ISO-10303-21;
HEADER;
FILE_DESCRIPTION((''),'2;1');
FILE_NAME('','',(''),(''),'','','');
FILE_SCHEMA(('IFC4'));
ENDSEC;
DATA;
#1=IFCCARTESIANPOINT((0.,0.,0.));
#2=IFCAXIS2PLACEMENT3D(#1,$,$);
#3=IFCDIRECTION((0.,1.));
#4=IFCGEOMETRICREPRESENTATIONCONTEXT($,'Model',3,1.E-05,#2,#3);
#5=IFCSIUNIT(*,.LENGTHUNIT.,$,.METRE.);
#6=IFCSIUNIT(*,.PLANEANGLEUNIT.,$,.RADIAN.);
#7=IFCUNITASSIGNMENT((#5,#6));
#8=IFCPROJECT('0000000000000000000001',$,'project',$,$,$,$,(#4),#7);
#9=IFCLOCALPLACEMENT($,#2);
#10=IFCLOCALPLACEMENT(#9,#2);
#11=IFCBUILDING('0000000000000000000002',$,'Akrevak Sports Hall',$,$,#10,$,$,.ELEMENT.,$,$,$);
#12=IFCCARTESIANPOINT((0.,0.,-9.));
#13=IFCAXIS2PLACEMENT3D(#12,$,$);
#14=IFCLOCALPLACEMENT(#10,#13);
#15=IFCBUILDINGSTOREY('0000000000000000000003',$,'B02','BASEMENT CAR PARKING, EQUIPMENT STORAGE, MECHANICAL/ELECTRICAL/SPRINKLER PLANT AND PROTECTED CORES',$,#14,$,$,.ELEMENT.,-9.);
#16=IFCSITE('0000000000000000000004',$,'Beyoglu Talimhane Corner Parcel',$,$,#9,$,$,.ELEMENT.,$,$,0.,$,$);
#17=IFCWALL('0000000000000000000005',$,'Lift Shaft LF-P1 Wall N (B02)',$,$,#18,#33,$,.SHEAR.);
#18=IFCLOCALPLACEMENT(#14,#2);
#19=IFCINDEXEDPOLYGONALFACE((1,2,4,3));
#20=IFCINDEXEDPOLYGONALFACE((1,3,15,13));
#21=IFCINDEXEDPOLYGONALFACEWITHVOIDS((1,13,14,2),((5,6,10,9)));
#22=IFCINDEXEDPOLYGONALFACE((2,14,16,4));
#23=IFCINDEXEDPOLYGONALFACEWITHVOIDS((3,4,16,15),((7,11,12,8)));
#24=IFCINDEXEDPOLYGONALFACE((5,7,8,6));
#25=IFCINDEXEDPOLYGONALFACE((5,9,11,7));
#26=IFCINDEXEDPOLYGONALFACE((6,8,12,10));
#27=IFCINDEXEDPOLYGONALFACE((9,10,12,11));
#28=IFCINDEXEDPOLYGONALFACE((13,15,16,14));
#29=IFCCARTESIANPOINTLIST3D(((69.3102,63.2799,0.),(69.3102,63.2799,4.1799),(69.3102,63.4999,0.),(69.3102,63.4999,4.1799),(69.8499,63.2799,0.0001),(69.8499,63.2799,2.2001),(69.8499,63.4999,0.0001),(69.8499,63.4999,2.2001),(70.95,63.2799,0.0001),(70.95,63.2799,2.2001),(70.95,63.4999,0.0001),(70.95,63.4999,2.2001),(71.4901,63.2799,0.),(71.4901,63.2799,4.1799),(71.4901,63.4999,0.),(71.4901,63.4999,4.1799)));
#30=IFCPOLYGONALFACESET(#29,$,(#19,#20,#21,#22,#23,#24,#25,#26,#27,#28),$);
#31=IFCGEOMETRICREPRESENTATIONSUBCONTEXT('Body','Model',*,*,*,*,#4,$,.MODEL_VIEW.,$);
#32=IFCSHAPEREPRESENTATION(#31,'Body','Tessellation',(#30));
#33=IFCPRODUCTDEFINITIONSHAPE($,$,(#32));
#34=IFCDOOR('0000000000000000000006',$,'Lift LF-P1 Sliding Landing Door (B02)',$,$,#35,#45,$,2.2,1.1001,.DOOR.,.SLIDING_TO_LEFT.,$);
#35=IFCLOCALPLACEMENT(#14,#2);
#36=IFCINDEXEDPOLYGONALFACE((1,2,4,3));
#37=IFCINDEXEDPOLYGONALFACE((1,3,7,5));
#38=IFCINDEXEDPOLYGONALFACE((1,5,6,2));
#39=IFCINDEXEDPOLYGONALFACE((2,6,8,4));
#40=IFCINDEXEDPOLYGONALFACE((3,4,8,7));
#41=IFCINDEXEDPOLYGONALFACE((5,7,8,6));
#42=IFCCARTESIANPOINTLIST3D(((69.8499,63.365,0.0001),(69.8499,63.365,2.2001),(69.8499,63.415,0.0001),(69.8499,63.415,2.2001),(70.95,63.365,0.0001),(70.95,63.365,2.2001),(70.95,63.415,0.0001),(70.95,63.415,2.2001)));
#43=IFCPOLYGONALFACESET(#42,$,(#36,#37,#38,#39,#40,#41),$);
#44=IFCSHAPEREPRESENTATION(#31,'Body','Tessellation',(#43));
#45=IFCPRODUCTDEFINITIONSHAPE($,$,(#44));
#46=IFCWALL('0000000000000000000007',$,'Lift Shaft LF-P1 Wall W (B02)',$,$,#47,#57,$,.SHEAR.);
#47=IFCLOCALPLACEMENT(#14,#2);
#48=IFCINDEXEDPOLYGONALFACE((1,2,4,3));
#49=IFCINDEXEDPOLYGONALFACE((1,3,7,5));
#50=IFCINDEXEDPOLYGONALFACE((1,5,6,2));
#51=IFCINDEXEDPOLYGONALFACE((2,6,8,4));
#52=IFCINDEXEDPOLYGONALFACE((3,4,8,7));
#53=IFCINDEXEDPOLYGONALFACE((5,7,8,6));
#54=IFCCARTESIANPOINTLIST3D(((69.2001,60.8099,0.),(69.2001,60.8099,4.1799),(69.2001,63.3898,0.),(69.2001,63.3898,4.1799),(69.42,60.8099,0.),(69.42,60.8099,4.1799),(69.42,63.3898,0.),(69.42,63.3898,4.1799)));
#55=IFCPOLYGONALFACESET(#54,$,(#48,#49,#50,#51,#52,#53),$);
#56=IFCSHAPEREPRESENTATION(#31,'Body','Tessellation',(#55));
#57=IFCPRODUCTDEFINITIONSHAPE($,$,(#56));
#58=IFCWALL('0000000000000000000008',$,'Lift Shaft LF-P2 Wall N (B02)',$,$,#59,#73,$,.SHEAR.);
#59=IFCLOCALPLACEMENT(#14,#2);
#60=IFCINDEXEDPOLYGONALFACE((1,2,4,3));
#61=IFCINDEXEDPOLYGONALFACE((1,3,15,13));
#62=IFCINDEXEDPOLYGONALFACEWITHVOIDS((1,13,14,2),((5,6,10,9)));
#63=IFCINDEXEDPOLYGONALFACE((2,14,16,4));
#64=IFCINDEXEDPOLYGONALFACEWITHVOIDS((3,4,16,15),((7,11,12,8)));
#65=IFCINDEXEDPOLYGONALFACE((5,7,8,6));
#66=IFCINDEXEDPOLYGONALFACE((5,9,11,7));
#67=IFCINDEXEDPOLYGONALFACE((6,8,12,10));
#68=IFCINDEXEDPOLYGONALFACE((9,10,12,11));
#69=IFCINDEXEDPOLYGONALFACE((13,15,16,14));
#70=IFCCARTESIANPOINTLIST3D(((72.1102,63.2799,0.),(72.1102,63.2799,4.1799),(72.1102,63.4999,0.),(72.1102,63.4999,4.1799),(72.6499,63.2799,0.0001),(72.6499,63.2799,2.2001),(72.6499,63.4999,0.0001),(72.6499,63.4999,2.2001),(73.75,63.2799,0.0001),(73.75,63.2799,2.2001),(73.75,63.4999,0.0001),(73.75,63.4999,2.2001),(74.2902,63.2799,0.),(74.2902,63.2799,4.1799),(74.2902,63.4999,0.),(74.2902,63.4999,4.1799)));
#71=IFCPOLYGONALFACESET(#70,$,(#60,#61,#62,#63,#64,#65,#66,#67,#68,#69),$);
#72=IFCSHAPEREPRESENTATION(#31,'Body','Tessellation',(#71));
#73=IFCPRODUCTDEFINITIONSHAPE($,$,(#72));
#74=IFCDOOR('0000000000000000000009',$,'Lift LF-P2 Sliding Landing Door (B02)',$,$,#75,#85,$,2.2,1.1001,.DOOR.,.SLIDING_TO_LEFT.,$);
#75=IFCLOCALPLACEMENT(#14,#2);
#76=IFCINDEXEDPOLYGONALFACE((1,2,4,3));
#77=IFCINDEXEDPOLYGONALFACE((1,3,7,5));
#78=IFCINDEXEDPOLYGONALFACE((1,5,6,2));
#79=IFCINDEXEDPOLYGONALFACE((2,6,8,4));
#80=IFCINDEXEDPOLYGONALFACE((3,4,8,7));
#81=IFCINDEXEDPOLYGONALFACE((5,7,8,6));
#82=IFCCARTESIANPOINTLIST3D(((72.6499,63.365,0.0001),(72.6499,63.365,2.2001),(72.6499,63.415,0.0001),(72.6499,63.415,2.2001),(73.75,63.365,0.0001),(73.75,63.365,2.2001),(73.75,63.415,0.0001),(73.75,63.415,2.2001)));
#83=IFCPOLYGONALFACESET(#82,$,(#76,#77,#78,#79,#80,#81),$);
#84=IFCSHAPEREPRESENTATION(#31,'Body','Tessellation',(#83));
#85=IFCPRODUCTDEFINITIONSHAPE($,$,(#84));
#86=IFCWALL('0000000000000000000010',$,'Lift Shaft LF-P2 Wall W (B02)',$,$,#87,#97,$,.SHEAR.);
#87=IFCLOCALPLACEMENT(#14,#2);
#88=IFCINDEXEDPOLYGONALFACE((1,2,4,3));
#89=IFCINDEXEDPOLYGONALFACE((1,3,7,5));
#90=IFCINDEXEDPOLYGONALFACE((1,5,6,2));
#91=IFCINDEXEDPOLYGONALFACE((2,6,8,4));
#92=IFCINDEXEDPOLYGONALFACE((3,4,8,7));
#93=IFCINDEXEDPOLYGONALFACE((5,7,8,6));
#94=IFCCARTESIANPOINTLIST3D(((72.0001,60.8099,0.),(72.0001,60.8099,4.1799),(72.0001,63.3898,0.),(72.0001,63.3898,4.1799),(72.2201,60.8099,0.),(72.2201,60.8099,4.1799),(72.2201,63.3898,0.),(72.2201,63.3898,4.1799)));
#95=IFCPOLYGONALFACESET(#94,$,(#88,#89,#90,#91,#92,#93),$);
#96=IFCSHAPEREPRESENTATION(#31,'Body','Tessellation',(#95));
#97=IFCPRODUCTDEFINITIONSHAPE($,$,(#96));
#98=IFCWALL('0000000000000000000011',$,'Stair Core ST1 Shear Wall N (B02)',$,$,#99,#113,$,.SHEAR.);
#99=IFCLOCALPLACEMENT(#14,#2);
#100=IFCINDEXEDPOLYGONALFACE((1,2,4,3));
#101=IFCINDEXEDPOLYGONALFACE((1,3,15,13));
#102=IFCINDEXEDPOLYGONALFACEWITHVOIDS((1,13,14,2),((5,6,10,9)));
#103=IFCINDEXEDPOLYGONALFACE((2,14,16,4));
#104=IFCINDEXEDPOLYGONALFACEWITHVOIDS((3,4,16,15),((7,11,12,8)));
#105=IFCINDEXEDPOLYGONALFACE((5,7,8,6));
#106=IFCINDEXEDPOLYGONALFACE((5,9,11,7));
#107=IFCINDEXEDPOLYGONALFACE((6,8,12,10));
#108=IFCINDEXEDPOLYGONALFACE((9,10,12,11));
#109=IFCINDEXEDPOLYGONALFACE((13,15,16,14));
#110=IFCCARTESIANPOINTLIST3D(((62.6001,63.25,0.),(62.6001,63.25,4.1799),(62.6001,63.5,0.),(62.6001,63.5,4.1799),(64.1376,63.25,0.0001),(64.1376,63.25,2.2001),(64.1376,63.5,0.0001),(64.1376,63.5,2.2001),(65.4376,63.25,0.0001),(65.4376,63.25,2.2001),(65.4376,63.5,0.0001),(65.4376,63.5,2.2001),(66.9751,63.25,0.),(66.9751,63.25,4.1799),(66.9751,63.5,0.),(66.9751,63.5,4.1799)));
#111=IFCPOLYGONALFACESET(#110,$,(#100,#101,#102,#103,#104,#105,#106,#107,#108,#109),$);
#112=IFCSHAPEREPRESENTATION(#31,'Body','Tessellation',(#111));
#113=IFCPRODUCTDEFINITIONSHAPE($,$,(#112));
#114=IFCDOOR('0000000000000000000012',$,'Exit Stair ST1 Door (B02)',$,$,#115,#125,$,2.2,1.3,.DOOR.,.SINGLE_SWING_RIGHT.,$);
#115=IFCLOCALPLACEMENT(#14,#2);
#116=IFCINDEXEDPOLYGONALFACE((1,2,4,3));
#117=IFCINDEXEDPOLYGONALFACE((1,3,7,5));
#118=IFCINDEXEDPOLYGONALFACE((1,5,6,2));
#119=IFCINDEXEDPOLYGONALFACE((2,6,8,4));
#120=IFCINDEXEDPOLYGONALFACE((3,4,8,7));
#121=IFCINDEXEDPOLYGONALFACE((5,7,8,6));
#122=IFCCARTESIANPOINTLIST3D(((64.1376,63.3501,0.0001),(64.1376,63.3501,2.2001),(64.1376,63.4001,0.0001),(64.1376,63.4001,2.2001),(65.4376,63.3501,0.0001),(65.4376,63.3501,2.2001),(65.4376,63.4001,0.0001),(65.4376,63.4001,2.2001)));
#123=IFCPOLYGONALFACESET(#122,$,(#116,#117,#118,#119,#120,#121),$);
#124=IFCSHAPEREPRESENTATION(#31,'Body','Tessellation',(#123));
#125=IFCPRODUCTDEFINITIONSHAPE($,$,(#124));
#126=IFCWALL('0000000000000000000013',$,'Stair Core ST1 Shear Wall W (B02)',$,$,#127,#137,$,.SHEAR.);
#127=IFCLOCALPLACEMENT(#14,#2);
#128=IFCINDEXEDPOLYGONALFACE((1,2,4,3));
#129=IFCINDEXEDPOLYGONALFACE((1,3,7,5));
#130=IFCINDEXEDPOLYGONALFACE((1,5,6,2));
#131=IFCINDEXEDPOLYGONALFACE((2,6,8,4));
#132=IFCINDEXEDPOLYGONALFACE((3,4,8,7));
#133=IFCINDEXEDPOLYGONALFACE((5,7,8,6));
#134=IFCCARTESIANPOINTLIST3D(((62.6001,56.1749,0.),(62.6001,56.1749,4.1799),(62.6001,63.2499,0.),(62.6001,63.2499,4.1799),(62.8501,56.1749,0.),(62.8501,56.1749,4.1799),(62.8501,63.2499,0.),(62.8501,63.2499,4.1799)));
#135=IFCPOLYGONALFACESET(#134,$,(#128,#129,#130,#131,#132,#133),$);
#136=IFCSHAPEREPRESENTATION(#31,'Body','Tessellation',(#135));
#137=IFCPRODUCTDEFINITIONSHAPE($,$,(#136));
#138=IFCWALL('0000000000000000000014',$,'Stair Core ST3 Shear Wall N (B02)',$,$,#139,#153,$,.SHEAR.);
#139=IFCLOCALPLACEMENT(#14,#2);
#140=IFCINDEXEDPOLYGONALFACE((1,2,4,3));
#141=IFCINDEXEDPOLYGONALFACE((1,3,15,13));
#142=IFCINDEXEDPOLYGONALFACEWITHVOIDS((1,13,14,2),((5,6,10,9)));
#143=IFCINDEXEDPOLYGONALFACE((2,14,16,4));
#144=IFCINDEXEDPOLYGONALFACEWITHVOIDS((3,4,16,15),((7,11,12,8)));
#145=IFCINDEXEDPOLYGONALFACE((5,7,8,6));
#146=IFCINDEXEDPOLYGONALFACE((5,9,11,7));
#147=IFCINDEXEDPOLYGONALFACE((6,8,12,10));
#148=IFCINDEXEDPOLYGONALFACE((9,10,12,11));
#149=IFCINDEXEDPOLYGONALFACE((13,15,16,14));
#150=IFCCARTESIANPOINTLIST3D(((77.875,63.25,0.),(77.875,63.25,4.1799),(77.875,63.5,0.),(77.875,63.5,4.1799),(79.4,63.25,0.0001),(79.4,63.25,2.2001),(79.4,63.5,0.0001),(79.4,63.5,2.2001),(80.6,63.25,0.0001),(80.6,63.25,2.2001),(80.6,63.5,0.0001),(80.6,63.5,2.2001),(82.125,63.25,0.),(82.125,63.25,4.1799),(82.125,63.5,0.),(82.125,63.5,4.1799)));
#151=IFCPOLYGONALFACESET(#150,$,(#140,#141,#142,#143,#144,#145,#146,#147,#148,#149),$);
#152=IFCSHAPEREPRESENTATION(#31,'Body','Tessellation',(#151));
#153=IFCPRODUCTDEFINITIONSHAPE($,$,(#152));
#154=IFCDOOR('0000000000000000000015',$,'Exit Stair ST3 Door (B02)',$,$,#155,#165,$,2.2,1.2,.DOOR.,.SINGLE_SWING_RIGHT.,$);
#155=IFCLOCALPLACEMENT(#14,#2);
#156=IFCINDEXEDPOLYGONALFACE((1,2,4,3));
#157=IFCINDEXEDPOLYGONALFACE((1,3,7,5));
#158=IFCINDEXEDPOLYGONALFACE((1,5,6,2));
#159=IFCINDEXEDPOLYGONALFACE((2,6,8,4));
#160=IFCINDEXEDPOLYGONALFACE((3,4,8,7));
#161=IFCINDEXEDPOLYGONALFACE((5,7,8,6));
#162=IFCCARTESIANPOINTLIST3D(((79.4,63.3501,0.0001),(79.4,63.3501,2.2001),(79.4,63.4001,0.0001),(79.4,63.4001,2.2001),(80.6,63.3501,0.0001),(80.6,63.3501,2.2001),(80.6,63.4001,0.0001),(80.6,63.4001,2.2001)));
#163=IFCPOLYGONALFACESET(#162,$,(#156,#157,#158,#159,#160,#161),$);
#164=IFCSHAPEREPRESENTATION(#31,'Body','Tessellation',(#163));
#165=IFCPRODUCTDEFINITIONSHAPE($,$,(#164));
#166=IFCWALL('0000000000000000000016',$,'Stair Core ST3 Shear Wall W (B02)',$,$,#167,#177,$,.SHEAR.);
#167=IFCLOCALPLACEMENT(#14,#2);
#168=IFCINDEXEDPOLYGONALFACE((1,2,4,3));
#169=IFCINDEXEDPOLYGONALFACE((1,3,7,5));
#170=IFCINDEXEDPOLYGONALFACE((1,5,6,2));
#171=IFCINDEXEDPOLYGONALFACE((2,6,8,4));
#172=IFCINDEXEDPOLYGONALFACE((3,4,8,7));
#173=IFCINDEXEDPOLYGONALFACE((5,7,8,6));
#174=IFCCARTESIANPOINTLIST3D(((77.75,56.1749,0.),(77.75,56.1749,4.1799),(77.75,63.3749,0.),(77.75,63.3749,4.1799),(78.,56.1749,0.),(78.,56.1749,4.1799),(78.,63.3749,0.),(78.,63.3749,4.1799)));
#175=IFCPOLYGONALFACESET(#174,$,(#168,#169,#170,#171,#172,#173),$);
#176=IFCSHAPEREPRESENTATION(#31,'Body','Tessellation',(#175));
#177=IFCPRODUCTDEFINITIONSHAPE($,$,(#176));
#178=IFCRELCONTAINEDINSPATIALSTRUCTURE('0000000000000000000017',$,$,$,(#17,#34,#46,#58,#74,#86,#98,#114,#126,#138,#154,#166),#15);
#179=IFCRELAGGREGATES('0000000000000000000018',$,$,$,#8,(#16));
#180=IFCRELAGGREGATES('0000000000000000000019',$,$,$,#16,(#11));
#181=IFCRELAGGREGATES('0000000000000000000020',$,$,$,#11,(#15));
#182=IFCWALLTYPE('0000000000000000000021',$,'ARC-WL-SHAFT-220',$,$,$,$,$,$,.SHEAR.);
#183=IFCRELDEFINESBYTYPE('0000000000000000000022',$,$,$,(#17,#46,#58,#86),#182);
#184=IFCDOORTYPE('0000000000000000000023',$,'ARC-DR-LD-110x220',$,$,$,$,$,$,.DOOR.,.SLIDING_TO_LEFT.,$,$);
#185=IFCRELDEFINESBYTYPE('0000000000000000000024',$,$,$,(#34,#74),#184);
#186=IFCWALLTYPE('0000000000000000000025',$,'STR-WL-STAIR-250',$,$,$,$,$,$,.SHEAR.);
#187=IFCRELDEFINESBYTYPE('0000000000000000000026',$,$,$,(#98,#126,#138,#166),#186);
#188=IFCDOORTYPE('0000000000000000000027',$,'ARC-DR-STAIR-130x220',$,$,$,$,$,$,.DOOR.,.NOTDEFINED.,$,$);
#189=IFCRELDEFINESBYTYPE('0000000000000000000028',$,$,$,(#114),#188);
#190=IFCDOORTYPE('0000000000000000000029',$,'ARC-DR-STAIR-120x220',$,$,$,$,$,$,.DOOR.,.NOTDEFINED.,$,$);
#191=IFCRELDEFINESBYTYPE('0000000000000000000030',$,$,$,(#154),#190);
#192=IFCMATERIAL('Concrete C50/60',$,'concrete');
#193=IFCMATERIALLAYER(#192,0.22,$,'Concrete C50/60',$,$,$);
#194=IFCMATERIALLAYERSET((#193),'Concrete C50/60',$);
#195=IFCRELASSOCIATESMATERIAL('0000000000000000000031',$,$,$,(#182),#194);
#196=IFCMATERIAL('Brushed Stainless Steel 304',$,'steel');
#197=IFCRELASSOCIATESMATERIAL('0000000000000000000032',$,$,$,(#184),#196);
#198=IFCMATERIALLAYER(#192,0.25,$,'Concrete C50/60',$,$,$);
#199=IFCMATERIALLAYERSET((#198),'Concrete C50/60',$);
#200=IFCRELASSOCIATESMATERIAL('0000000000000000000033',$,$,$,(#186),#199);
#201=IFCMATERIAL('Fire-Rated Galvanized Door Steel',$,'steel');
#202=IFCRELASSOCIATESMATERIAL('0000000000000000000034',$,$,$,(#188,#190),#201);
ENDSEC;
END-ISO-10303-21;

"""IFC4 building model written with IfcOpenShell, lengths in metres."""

from ifc_helpers import new_model, si_unit, direction, frame, frame_2d, origin, place, context, subcontext, project, spatial, rectangle, extrude, material, layer, layer_set, type_object, element, fill, save


model = new_model("IFC4")

# Units and contexts
model_context = context("Model", 3, precision=1e-05, world=origin(), true_north=direction((0.0, 1.0)))
body_context = subcontext(model_context, "Body", "Model", "MODEL_VIEW")
ifc_project = project(units=[si_unit("LENGTHUNIT", "METRE"), si_unit("PLANEANGLEUNIT", "RADIAN")], contexts=[model_context])

# Site, building, storey
site_placement = place(None, origin())
site = spatial("IfcSite", under=ifc_project, at=site_placement, Name="Beyoglu Talimhane Corner Parcel", CompositionType="ELEMENT", RefElevation=0.0)
building_placement = place(site_placement, origin())
building = spatial("IfcBuilding", under=site, at=building_placement, Name="Akrevak Sports Hall", CompositionType="ELEMENT")
storey_placement = place(building_placement, frame((0.0, 0.0, -9.0)))
storey = spatial("IfcBuildingStorey", under=building, at=storey_placement, Name="B02", Description="BASEMENT CAR PARKING, EQUIPMENT STORAGE, MECHANICAL/ELECTRICAL/SPRINKLER PLANT AND PROTECTED CORES", CompositionType="ELEMENT", Elevation=-9.0)

# Shared definitions
ifc_material_1 = material(Name="Concrete C50/60", Category="concrete")

# Wall, opening, door
ifc_layer_1 = layer(ifc_material_1, 0.22, Name="Concrete C50/60")
ifc_layer_set_1 = layer_set([ifc_layer_1], Name="Concrete C50/60")
wall_type_1 = type_object("IfcWallType", Name="ARC-WL-SHAFT-220", PredefinedType="SHEAR", material=ifc_layer_set_1)
wall_1_placement = place(storey_placement, frame((71.49, 63.3899, 0.0), z_axis=(0.0, 0.0, 1.0), x_axis=(-1.0, 0.0, 0.0)))
wall_1 = element("IfcWall", 1, at=wall_1_placement, inside=storey, type_object=wall_type_1, Name="Lift Shaft LF-P1 Wall N (B02)", PredefinedType="SHEAR", context=body_context, shape_type="SweptSolid", body=[
    extrude(rectangle(XDim=2.1799, YDim=0.22, at=frame_2d((1.0898, 0.0))), origin(), (0.0, 0.0, 1.0), 4.1799),
])
opening_1_placement = place(wall_1_placement, frame((0.54, 0.0, 0.0)))
opening_1 = element("IfcOpeningElement", 2, at=opening_1_placement, cuts=wall_1, PredefinedType="OPENING", context=body_context, shape_type="SweptSolid", body=[
    extrude(rectangle(XDim=1.1001, YDim=2.2, at=frame_2d((0.55, 1.1001))), frame((0.0, 0.1221, 0.0), z_axis=(0.0, -1.0, 0.0), x_axis=(1.0, 0.0, 0.0)), (0.0, 0.0, 1.0), 0.2439),
])
ifc_material_2 = material(Name="Brushed Stainless Steel 304", Category="steel")
door_type_1 = type_object("IfcDoorType", Name="ARC-DR-LD-110x220", OperationType="SLIDING_TO_LEFT", PredefinedType="DOOR", material=ifc_material_2)
door_1_placement = place(opening_1_placement, origin())
door_1 = element("IfcDoor", 3, at=door_1_placement, inside=storey, type_object=door_type_1, Name="Lift LF-P1 Sliding Landing Door (B02)", OperationType="SLIDING_TO_LEFT", OverallHeight=2.2, OverallWidth=1.1001, PredefinedType="DOOR", context=body_context, shape_type="SweptSolid", body=[
    extrude(rectangle(XDim=1.1001, YDim=2.2, at=frame_2d((0.55, 1.1001))), frame((0.0, 0.0249, 0.0), z_axis=(0.0, -1.0, 0.0), x_axis=(1.0, 0.0, 0.0)), (0.0, 0.0, 1.0), 0.05),
])
fill(opening_1, door_1)

# Wall
wall_2_placement = place(storey_placement, frame((69.3101, 63.3899, 0.0), z_axis=(0.0, 0.0, 1.0), x_axis=(0.0, -1.0, 0.0)))
element("IfcWall", 4, at=wall_2_placement, inside=storey, type_object=wall_type_1, Name="Lift Shaft LF-P1 Wall W (B02)", PredefinedType="SHEAR", context=body_context, shape_type="SweptSolid", body=[
    extrude(rectangle(XDim=2.5798, YDim=0.22, at=frame_2d((1.29, 0.0))), origin(), (0.0, 0.0, 1.0), 4.1799),
])

# Wall, opening, door
wall_3_placement = place(storey_placement, frame((74.29, 63.3899, 0.0), z_axis=(0.0, 0.0, 1.0), x_axis=(-1.0, 0.0, 0.0)))
wall_3 = element("IfcWall", 5, at=wall_3_placement, inside=storey, type_object=wall_type_1, Name="Lift Shaft LF-P2 Wall N (B02)", PredefinedType="SHEAR", context=body_context, shape_type="SweptSolid", body=[
    extrude(rectangle(XDim=2.1799, YDim=0.22, at=frame_2d((1.0898, 0.0))), origin(), (0.0, 0.0, 1.0), 4.1799),
])
opening_2_placement = place(wall_3_placement, frame((0.54, 0.0, 0.0)))
opening_2 = element("IfcOpeningElement", 6, at=opening_2_placement, cuts=wall_3, PredefinedType="OPENING", context=body_context, shape_type="SweptSolid", body=[
    extrude(rectangle(XDim=1.1001, YDim=2.2, at=frame_2d((0.55, 1.1001))), frame((0.0, 0.1221, 0.0), z_axis=(0.0, -1.0, 0.0), x_axis=(1.0, 0.0, 0.0)), (0.0, 0.0, 1.0), 0.2439),
])
door_2_placement = place(opening_2_placement, origin())
door_2 = element("IfcDoor", 7, at=door_2_placement, inside=storey, type_object=door_type_1, Name="Lift LF-P2 Sliding Landing Door (B02)", OperationType="SLIDING_TO_LEFT", OverallHeight=2.2, OverallWidth=1.1001, PredefinedType="DOOR", context=body_context, shape_type="SweptSolid", body=[
    extrude(rectangle(XDim=1.1001, YDim=2.2, at=frame_2d((0.55, 1.1001))), frame((0.0, 0.0249, 0.0), z_axis=(0.0, -1.0, 0.0), x_axis=(1.0, 0.0, 0.0)), (0.0, 0.0, 1.0), 0.05),
])
fill(opening_2, door_2)

# Wall
wall_4_placement = place(storey_placement, frame((72.1101, 63.3899, 0.0), z_axis=(0.0, 0.0, 1.0), x_axis=(0.0, -1.0, 0.0)))
element("IfcWall", 8, at=wall_4_placement, inside=storey, type_object=wall_type_1, Name="Lift Shaft LF-P2 Wall W (B02)", PredefinedType="SHEAR", context=body_context, shape_type="SweptSolid", body=[
    extrude(rectangle(XDim=2.5798, YDim=0.22, at=frame_2d((1.29, 0.0))), origin(), (0.0, 0.0, 1.0), 4.1799),
])

# Wall, opening, door
ifc_layer_2 = layer(ifc_material_1, 0.25, Name="Concrete C50/60")
ifc_layer_set_2 = layer_set([ifc_layer_2], Name="Concrete C50/60")
wall_type_2 = type_object("IfcWallType", Name="STR-WL-STAIR-250", PredefinedType="SHEAR", material=ifc_layer_set_2)
wall_5_placement = place(storey_placement, frame((66.9751, 63.375, 0.0), z_axis=(0.0, 0.0, 1.0), x_axis=(-1.0, 0.0, 0.0)))
wall_5 = element("IfcWall", 9, at=wall_5_placement, inside=storey, type_object=wall_type_2, Name="Stair Core ST1 Shear Wall N (B02)", PredefinedType="SHEAR", context=body_context, shape_type="SweptSolid", body=[
    extrude(rectangle(XDim=4.375, YDim=0.25, at=frame_2d((2.1875, 0.0))), origin(), (0.0, 0.0, 1.0), 4.1799),
])
opening_3_placement = place(wall_5_placement, frame((1.5376, 0.0, 0.0)))
opening_3 = element("IfcOpeningElement", 10, at=opening_3_placement, cuts=wall_5, PredefinedType="OPENING", context=body_context, shape_type="SweptSolid", body=[
    extrude(rectangle(XDim=1.3, YDim=2.2, at=frame_2d((0.6499, 1.1001))), frame((0.0, 0.137, 0.0), z_axis=(0.0, -1.0, 0.0), x_axis=(1.0, 0.0, 0.0)), (0.0, 0.0, 1.0), 0.2739),
])
ifc_material_3 = material(Name="Fire-Rated Galvanized Door Steel", Category="steel")
door_type_2 = type_object("IfcDoorType", Name="ARC-DR-STAIR-130x220", OperationType="NOTDEFINED", PredefinedType="DOOR", material=ifc_material_3)
door_3_placement = place(opening_3_placement, origin())
door_3 = element("IfcDoor", 11, at=door_3_placement, inside=storey, type_object=door_type_2, Name="Exit Stair ST1 Door (B02)", OperationType="SINGLE_SWING_RIGHT", OverallHeight=2.2, OverallWidth=1.3, PredefinedType="DOOR", context=body_context, shape_type="SweptSolid", body=[
    extrude(rectangle(XDim=1.3, YDim=2.2, at=frame_2d((0.6499, 1.1001))), frame((0.0, 0.0249, 0.0), z_axis=(0.0, -1.0, 0.0), x_axis=(1.0, 0.0, 0.0)), (0.0, 0.0, 1.0), 0.05),
])
fill(opening_3, door_3)

# Wall
wall_6_placement = place(storey_placement, frame((62.7251, 63.25, 0.0), z_axis=(0.0, 0.0, 1.0), x_axis=(0.0, -1.0, 0.0)))
element("IfcWall", 12, at=wall_6_placement, inside=storey, type_object=wall_type_2, Name="Stair Core ST1 Shear Wall W (B02)", PredefinedType="SHEAR", context=body_context, shape_type="SweptSolid", body=[
    extrude(rectangle(XDim=7.075, YDim=0.25, at=frame_2d((3.5376, 0.0))), origin(), (0.0, 0.0, 1.0), 4.1799),
])

# Wall, opening, door
wall_7_placement = place(storey_placement, frame((82.125, 63.375, 0.0), z_axis=(0.0, 0.0, 1.0), x_axis=(-1.0, 0.0, 0.0)))
wall_7 = element("IfcWall", 13, at=wall_7_placement, inside=storey, type_object=wall_type_2, Name="Stair Core ST3 Shear Wall N (B02)", PredefinedType="SHEAR", context=body_context, shape_type="SweptSolid", body=[
    extrude(rectangle(XDim=4.25, YDim=0.25, at=frame_2d((2.125, 0.0))), origin(), (0.0, 0.0, 1.0), 4.1799),
])
opening_4_placement = place(wall_7_placement, frame((1.5249, 0.0, 0.0)))
opening_4 = element("IfcOpeningElement", 14, at=opening_4_placement, cuts=wall_7, PredefinedType="OPENING", context=body_context, shape_type="SweptSolid", body=[
    extrude(rectangle(XDim=1.2, YDim=2.2, at=frame_2d((0.6001, 1.1001))), frame((0.0, 0.137, 0.0), z_axis=(0.0, -1.0, 0.0), x_axis=(1.0, 0.0, 0.0)), (0.0, 0.0, 1.0), 0.2739),
])
door_type_3 = type_object("IfcDoorType", Name="ARC-DR-STAIR-120x220", OperationType="NOTDEFINED", PredefinedType="DOOR", material=ifc_material_3)
door_4_placement = place(opening_4_placement, origin())
door_4 = element("IfcDoor", 15, at=door_4_placement, inside=storey, type_object=door_type_3, Name="Exit Stair ST3 Door (B02)", OperationType="SINGLE_SWING_RIGHT", OverallHeight=2.2, OverallWidth=1.2, PredefinedType="DOOR", context=body_context, shape_type="SweptSolid", body=[
    extrude(rectangle(XDim=1.2, YDim=2.2, at=frame_2d((0.6001, 1.1001))), frame((0.0, 0.0249, 0.0), z_axis=(0.0, -1.0, 0.0), x_axis=(1.0, 0.0, 0.0)), (0.0, 0.0, 1.0), 0.05),
])
fill(opening_4, door_4)

# Wall
wall_8_placement = place(storey_placement, frame((77.875, 63.375, 0.0), z_axis=(0.0, 0.0, 1.0), x_axis=(0.0, -1.0, 0.0)))
element("IfcWall", 16, at=wall_8_placement, inside=storey, type_object=wall_type_2, Name="Stair Core ST3 Shear Wall W (B02)", PredefinedType="SHEAR", context=body_context, shape_type="SweptSolid", body=[
    extrude(rectangle(XDim=7.2, YDim=0.25, at=frame_2d((3.6001, 0.0))), origin(), (0.0, 0.0, 1.0), 4.1799),
])

save(model, "model.ifc")
